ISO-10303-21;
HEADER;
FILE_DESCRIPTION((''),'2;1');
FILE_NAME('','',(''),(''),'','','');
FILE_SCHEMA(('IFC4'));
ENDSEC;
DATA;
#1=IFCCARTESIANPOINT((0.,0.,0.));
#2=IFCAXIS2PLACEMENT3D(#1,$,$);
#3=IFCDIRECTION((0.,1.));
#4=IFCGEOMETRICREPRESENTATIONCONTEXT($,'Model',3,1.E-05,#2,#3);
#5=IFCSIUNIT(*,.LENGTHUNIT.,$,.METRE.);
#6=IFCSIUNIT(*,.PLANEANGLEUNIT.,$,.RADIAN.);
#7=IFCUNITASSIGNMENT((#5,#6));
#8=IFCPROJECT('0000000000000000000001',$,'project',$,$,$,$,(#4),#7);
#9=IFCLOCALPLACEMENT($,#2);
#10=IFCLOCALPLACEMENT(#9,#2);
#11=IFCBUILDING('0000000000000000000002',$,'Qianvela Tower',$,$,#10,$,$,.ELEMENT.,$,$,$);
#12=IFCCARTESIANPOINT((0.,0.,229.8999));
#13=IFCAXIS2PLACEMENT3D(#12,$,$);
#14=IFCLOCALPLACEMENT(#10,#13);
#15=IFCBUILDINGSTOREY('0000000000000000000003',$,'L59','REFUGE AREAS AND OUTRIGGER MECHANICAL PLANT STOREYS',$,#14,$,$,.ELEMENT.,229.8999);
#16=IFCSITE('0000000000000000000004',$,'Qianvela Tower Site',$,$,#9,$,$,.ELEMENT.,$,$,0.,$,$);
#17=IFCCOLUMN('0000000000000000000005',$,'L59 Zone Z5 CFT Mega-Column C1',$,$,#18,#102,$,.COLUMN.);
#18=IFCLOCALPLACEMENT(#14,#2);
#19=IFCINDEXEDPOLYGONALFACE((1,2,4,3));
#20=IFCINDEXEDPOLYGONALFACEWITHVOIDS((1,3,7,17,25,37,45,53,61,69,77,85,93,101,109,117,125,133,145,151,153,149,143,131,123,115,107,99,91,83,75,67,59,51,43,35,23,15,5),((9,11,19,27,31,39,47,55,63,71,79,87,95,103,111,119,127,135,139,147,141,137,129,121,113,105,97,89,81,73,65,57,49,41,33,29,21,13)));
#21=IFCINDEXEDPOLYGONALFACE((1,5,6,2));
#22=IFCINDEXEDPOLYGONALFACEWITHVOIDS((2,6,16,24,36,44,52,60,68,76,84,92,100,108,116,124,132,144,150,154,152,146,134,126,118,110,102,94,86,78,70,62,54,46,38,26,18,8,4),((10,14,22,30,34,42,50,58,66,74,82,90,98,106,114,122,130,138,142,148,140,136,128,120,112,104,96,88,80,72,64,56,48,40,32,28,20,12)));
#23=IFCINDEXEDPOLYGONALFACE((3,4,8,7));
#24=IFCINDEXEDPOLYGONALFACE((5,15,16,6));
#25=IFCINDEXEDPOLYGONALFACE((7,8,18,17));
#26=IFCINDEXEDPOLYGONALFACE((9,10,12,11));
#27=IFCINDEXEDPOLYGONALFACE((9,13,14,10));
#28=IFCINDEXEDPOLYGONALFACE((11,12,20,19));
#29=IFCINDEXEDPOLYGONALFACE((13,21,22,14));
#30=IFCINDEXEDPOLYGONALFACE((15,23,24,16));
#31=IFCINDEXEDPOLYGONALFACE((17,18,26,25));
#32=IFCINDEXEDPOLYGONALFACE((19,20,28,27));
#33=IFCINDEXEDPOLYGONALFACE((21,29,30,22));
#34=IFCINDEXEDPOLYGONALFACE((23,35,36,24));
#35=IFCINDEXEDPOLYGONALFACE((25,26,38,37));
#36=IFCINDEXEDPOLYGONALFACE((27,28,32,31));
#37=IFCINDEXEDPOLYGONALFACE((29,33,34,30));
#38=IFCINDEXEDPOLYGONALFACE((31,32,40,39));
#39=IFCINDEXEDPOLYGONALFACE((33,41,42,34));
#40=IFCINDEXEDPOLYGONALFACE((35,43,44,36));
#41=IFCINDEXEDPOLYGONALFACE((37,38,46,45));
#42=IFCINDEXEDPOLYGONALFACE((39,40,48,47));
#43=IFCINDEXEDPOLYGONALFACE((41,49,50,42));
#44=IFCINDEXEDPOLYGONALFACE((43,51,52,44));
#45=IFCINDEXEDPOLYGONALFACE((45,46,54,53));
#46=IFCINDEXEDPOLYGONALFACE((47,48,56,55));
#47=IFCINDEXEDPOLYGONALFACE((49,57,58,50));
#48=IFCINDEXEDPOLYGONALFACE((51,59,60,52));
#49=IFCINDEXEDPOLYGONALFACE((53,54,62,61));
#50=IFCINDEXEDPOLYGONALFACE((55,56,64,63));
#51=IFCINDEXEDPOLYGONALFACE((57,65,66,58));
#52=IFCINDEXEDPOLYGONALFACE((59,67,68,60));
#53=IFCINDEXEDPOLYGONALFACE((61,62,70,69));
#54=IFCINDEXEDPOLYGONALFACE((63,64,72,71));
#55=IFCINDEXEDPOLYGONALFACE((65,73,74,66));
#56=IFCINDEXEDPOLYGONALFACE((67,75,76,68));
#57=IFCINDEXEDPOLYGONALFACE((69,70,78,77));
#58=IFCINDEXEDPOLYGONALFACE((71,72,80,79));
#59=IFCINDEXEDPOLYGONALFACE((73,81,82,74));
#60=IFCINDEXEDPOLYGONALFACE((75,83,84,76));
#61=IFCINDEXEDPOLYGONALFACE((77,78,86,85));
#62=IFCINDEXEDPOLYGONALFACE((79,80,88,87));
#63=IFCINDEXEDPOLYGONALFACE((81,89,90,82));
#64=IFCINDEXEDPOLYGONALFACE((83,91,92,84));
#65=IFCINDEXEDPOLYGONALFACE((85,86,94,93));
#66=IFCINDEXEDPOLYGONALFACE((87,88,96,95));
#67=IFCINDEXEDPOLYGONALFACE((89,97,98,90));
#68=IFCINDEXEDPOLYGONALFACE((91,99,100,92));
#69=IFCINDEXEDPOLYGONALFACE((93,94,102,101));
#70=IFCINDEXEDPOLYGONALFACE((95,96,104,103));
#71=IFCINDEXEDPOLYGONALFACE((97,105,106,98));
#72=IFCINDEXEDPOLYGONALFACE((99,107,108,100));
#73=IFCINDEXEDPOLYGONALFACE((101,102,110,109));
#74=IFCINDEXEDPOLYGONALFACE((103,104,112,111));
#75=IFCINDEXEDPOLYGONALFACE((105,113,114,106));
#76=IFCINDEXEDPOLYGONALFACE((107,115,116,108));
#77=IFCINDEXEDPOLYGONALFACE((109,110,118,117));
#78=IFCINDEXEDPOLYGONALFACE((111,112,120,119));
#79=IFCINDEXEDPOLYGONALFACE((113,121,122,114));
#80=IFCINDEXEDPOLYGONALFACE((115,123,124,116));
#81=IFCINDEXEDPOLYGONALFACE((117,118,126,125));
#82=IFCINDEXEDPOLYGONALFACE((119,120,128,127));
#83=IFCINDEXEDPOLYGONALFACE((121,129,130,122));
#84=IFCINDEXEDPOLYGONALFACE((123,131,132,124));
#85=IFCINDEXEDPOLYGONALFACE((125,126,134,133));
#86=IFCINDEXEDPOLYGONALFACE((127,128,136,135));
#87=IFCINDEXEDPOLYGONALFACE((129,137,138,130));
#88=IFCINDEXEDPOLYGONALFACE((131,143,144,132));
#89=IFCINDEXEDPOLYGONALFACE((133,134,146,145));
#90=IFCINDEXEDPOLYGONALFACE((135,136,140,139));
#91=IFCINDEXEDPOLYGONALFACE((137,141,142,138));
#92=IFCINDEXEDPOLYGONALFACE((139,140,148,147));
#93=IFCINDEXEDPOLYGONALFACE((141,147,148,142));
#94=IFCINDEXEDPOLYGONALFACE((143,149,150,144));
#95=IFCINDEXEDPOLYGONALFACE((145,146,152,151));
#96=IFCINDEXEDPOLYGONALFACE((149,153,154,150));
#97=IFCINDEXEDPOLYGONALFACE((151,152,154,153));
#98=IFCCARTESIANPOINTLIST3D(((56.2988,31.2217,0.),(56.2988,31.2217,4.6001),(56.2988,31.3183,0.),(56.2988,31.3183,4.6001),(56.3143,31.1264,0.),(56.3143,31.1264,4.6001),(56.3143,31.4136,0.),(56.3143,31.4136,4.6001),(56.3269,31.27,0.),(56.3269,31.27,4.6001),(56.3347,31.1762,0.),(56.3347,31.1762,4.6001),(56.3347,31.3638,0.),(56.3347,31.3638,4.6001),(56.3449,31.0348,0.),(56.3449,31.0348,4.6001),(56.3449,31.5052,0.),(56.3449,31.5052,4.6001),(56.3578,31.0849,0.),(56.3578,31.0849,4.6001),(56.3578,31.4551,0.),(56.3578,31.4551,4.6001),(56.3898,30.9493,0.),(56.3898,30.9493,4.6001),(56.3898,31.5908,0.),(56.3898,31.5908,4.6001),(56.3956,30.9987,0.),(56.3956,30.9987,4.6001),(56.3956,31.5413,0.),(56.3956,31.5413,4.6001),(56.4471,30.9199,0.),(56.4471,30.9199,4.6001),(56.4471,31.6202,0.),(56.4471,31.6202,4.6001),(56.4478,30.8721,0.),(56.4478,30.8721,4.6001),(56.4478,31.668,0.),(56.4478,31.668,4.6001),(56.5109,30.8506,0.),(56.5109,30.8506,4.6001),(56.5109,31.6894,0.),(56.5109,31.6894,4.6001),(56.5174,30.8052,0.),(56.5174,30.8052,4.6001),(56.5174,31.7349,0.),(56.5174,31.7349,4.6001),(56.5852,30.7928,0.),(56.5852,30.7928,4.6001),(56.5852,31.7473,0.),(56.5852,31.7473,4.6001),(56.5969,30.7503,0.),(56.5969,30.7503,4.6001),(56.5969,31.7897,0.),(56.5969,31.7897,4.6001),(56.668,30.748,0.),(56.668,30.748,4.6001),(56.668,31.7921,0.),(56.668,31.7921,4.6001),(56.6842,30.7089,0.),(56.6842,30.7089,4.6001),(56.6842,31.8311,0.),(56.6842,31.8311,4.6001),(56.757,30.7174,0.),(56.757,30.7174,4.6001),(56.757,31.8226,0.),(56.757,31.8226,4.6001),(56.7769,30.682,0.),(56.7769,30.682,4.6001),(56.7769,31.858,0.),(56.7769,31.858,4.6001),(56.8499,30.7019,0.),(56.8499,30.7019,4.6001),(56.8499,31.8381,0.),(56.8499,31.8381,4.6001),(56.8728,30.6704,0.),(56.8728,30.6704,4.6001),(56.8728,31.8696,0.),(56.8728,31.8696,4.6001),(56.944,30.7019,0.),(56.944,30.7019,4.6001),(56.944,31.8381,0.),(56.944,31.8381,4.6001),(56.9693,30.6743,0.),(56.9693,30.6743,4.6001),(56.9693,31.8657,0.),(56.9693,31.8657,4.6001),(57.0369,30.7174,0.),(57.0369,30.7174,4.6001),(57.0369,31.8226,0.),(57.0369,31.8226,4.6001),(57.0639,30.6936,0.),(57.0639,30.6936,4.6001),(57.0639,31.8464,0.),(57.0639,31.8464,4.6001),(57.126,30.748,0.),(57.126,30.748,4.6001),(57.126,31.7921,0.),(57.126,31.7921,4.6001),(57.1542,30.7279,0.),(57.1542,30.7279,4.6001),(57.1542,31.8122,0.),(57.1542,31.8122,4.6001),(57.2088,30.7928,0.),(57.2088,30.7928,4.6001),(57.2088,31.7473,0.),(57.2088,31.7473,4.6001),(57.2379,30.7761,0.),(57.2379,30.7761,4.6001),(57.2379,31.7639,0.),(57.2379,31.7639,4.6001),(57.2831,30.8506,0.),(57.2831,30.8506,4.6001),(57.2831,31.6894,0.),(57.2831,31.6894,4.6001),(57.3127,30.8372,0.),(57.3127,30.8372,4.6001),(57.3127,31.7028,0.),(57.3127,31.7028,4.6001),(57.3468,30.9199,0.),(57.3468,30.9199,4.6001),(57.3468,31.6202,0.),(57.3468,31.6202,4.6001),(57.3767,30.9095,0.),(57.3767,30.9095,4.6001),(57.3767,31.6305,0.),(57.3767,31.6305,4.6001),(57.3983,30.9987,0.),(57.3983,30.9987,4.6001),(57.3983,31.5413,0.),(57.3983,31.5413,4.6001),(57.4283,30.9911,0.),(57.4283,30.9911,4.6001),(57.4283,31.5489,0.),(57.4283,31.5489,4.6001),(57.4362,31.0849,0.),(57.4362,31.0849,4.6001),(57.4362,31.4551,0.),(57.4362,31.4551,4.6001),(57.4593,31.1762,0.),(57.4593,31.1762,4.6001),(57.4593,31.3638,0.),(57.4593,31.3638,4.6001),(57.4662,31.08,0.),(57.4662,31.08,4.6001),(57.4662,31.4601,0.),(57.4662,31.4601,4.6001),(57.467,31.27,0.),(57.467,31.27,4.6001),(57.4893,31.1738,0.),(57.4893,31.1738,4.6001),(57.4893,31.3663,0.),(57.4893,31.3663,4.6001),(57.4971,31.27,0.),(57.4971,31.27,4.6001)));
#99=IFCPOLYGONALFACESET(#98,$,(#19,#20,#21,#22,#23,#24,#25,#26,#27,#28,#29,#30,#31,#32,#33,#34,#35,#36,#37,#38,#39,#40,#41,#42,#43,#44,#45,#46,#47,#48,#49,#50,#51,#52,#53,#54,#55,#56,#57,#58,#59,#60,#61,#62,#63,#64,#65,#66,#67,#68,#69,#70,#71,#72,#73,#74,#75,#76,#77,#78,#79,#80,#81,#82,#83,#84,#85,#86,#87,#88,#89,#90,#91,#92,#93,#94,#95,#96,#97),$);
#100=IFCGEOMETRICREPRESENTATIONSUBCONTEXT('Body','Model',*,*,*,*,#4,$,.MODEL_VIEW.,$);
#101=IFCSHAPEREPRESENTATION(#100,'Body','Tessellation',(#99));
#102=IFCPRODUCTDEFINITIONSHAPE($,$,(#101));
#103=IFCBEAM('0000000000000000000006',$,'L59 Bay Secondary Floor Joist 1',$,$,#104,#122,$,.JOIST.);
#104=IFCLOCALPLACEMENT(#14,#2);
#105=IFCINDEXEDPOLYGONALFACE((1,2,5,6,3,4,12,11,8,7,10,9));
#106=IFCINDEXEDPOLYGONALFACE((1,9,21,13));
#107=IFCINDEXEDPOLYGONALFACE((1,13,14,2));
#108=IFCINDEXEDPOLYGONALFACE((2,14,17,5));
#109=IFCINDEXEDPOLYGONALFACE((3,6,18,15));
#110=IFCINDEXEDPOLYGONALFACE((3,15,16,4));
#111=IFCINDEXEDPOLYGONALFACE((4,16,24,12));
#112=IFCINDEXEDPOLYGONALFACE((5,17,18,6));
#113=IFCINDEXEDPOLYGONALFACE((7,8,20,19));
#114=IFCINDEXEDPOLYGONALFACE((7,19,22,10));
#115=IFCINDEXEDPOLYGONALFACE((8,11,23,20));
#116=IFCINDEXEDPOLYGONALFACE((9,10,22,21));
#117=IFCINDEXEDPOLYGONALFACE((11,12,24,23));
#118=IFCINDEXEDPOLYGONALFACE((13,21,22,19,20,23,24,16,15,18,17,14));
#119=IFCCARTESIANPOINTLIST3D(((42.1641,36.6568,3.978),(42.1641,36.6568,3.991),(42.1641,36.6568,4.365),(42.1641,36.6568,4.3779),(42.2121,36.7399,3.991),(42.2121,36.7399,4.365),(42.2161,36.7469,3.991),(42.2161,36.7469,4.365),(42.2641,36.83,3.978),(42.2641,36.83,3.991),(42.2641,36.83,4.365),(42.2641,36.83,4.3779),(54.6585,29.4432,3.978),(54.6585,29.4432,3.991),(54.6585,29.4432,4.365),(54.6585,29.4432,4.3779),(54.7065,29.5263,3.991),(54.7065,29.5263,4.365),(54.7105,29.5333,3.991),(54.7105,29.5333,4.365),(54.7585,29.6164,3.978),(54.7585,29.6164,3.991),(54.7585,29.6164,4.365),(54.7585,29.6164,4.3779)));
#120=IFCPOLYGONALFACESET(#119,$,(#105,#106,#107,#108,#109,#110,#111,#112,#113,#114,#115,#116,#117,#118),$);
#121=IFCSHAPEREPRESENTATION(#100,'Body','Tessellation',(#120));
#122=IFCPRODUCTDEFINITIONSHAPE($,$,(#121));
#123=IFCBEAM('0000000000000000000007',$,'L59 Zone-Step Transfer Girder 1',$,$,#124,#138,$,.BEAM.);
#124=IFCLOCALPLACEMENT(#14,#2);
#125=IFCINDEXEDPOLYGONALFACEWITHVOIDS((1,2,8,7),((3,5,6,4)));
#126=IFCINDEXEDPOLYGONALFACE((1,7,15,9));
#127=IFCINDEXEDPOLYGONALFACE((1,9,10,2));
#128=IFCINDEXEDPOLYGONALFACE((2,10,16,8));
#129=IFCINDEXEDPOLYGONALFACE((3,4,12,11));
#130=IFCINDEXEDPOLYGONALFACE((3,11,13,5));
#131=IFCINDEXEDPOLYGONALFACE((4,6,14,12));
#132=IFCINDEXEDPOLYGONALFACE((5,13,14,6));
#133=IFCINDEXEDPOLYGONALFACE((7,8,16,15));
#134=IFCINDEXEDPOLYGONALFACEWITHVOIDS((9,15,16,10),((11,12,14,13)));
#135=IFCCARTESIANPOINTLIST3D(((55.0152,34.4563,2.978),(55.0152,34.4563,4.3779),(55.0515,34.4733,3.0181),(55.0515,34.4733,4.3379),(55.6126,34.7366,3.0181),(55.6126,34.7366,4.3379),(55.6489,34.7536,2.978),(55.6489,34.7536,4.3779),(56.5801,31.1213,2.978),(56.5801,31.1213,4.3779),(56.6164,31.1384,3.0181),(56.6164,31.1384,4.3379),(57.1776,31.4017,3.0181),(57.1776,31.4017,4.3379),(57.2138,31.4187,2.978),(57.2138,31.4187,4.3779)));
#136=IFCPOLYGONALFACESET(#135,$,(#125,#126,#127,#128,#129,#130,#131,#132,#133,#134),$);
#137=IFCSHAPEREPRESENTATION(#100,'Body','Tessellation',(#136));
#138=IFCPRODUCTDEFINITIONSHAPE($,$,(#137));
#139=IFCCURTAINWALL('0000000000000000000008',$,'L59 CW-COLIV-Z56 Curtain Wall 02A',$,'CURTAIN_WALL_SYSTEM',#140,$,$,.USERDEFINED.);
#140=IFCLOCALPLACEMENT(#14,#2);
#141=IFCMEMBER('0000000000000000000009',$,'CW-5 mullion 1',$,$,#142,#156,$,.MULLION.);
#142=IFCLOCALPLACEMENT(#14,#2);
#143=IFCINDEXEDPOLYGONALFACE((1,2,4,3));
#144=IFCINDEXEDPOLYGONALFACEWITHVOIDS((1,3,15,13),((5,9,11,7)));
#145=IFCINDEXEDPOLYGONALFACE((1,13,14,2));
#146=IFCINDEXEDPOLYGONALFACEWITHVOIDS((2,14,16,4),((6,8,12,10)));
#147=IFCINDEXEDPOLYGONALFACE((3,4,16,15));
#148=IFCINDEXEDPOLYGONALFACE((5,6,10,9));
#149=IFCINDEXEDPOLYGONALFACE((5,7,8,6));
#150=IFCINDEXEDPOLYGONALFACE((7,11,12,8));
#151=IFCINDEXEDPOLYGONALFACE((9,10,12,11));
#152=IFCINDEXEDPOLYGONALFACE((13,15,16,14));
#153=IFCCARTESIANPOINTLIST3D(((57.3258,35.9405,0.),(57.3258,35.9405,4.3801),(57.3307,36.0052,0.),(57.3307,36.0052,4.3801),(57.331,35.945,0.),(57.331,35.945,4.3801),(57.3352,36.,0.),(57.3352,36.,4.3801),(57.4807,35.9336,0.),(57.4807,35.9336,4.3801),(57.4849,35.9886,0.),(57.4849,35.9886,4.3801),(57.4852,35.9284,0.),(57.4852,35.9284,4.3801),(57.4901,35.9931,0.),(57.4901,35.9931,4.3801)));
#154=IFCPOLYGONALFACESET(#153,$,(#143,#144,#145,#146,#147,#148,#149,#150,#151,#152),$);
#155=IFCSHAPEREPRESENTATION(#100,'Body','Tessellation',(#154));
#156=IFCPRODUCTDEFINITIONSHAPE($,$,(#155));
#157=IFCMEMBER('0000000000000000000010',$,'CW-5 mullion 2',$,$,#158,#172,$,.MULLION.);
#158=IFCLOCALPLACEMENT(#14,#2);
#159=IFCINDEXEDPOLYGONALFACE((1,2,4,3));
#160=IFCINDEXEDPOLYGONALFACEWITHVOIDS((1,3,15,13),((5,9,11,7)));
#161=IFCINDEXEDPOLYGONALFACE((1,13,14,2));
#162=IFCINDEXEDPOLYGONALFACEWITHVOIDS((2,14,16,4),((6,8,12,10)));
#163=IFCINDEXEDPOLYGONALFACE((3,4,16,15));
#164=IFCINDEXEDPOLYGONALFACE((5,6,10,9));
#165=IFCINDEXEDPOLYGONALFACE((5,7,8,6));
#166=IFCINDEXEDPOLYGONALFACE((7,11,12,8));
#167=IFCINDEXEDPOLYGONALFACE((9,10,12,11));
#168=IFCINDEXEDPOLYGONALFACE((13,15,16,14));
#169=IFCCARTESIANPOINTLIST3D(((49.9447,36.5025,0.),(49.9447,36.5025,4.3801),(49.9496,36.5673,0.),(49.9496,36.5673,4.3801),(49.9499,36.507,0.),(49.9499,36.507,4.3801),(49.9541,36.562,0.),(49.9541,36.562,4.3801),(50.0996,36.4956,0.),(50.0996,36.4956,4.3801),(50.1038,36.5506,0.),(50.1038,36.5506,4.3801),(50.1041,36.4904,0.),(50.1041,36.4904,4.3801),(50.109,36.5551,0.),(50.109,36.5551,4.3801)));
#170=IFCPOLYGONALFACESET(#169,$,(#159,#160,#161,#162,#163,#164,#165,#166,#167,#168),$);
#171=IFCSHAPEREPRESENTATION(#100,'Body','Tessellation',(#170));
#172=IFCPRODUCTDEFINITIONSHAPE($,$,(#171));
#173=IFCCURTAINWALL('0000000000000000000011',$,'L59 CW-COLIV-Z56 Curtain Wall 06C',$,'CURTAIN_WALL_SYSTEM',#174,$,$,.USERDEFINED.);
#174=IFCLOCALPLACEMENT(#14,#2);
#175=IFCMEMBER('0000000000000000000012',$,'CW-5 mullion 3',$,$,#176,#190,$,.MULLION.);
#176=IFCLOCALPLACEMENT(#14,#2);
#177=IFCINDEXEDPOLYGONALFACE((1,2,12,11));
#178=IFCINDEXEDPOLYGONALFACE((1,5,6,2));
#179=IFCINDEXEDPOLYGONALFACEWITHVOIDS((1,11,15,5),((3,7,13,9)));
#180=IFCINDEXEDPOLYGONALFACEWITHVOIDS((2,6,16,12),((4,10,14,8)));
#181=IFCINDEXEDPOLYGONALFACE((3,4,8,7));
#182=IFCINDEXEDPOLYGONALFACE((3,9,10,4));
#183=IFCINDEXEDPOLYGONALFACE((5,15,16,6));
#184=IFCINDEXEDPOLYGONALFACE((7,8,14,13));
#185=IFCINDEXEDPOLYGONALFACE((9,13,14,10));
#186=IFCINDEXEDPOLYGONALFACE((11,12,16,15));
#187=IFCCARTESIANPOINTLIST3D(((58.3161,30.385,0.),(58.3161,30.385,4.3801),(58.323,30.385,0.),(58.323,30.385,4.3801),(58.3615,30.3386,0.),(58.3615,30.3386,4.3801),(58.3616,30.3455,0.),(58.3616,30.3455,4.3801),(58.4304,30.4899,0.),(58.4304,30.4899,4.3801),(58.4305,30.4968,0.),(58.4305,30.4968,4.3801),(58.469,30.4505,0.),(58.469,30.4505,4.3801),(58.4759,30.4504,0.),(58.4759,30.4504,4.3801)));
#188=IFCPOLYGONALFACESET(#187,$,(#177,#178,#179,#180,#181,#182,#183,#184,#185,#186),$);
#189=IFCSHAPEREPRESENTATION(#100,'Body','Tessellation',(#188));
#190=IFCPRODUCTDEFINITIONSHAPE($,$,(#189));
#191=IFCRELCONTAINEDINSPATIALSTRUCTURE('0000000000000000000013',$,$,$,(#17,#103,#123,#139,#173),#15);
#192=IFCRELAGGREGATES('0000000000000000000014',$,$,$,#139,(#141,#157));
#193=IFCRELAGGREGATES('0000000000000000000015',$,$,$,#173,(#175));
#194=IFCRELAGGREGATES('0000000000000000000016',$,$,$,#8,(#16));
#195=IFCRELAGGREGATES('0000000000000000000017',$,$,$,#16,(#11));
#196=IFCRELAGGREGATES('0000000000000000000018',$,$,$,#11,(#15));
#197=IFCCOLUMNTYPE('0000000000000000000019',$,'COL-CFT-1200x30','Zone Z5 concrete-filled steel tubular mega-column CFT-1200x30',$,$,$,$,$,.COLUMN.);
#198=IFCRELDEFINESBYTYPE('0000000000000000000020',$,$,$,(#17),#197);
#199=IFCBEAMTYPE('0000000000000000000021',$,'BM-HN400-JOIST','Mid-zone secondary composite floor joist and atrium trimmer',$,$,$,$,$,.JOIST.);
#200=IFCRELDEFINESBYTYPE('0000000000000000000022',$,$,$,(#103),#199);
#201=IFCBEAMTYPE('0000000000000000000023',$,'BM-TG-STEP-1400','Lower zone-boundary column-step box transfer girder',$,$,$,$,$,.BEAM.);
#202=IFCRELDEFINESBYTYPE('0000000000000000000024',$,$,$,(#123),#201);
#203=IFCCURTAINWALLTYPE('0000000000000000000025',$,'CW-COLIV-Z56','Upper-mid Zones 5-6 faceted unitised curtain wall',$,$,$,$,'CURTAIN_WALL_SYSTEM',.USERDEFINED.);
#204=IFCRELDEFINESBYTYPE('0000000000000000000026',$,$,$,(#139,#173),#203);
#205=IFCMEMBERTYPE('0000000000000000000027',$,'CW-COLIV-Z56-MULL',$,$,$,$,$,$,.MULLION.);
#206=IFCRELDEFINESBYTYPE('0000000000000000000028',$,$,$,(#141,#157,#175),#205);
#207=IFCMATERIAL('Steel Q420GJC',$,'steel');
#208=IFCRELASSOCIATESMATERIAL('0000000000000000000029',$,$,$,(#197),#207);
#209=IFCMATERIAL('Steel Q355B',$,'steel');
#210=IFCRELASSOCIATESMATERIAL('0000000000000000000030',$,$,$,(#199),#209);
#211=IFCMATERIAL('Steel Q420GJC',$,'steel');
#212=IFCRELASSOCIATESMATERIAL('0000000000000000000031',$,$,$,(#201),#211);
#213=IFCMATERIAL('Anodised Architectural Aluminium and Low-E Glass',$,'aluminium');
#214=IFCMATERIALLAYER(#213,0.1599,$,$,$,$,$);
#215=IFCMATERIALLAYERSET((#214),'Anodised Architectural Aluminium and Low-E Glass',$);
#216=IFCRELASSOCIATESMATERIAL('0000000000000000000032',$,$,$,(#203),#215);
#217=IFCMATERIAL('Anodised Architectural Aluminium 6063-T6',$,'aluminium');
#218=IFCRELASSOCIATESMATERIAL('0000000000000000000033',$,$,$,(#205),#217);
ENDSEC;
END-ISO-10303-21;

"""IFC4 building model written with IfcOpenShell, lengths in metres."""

from ifc_helpers import new_model, si_unit, direction, frame, origin, origin_2d, place, context, subcontext, project, spatial, hollow_rectangle, hollow_circle, i_section, extrude, material, layer, layer_set, material_profile, profile_set, type_object, element, aggregate, save


model = new_model("IFC4")

# Units and contexts
model_context = context("Model", 3, precision=1e-05, world=origin(), true_north=direction((0.0, 1.0)))
body_context = subcontext(model_context, "Body", "Model", "MODEL_VIEW")
ifc_project = project(units=[si_unit("LENGTHUNIT", "METRE"), si_unit("PLANEANGLEUNIT", "RADIAN")], contexts=[model_context])

# Site, building, storey
site_placement = place(None, origin())
site = spatial("IfcSite", under=ifc_project, at=site_placement, Name="Qianvela Tower Site", CompositionType="ELEMENT", RefElevation=0.0)
building_placement = place(site_placement, origin())
building = spatial("IfcBuilding", under=site, at=building_placement, Name="Qianvela Tower", CompositionType="ELEMENT")
storey_placement = place(building_placement, frame((0.0, 0.0, 229.8999)))
storey = spatial("IfcBuildingStorey", under=building, at=storey_placement, Name="L59", Description="REFUGE AREAS AND OUTRIGGER MECHANICAL PLANT STOREYS", CompositionType="ELEMENT", Elevation=229.8999)

# Column
ifc_material_1 = material(Name="Steel Q420GJC", Category="steel")
ifc_material_profile_1 = material_profile(ifc_material_1, hollow_circle(Radius=0.6001, WallThickness=0.03, at=origin_2d()), Name="CFT-1200x30")
ifc_profile_set_1 = profile_set([ifc_material_profile_1], Name="Steel Q420GJC")
column_type = type_object("IfcColumnType", Name="COL-CFT-1200x30", Description="Zone Z5 concrete-filled steel tubular mega-column CFT-1200x30", PredefinedType="COLUMN", material=ifc_profile_set_1)
column_placement = place(storey_placement, frame((56.897, 31.27, 0.0), z_axis=(0.0, 0.0, 1.0), x_axis=(1.0, 0.0, 0.0)))
element("IfcColumn", 1, at=column_placement, inside=storey, type_object=column_type, Name="L59 Zone Z5 CFT Mega-Column C1", PredefinedType="COLUMN", context=body_context, shape_type="SweptSolid", body=[
    extrude(hollow_circle(Radius=0.6001, WallThickness=0.03, at=origin_2d()), origin(), (0.0, 0.0, 1.0), 4.6001),
])

# Beams
ifc_material_2 = material(Name="Steel Q355B", Category="steel")
ifc_material_profile_2 = material_profile(ifc_material_2, i_section(OverallWidth=0.2, OverallDepth=0.3999, WebThickness=0.0081, FlangeThickness=0.0129, at=origin_2d()), Name="HN400x200x8x13")
ifc_profile_set_2 = profile_set([ifc_material_profile_2], Name="Steel Q355B")
beam_type_1 = type_object("IfcBeamType", Name="BM-HN400-JOIST", Description="Mid-zone secondary composite floor joist and atrium trimmer", PredefinedType="JOIST", material=ifc_profile_set_2)
beam_1_placement = place(storey_placement, frame((54.7085, 29.5298, 4.178), z_axis=(-0.866026, 0.499999, 0.0), x_axis=(-0.499999, -0.866026, 0.0)))
element("IfcBeam", 2, at=beam_1_placement, inside=storey, type_object=beam_type_1, Name="L59 Bay Secondary Floor Joist 1", PredefinedType="JOIST", context=body_context, shape_type="SweptSolid", body=[
    extrude(i_section(OverallWidth=0.2, OverallDepth=0.3999, WebThickness=0.0081, FlangeThickness=0.0129, at=origin_2d()), origin(), (0.0, 0.0, 1.0), 14.4272),
])
ifc_material_3 = material(Name="Steel Q420GJC", Category="steel")
ifc_material_profile_3 = material_profile(ifc_material_3, hollow_rectangle(XDim=0.7, YDim=1.3999, WallThickness=0.04, at=origin_2d()), Name="TG-BOX-1400x700x40")
ifc_profile_set_3 = profile_set([ifc_material_profile_3], Name="Steel Q420GJC")
beam_type_2 = type_object("IfcBeamType", Name="BM-TG-STEP-1400", Description="Lower zone-boundary column-step box transfer girder", PredefinedType="BEAM", material=ifc_profile_set_3)
beam_2_placement = place(storey_placement, frame((56.897, 31.27, 3.678), z_axis=(-0.424807, 0.905284, 0.0), x_axis=(-0.905284, -0.424807, 0.0)))
element("IfcBeam", 3, at=beam_2_placement, inside=storey, type_object=beam_type_2, Name="L59 Zone-Step Transfer Girder 1", PredefinedType="BEAM", context=body_context, shape_type="SweptSolid", body=[
    extrude(hollow_rectangle(XDim=0.7, YDim=1.3999, WallThickness=0.04, at=origin_2d()), origin(), (0.0, 0.0, 1.0), 3.6838),
])

# Curtain wall, members
ifc_material_4 = material(Name="Anodised Architectural Aluminium and Low-E Glass", Category="aluminium")
ifc_layer_1 = layer(ifc_material_4, 0.1599)
ifc_layer_set_1 = layer_set([ifc_layer_1], Name="Anodised Architectural Aluminium and Low-E Glass")
curtain_wall_type = type_object("IfcCurtainWallType", Name="CW-COLIV-Z56", Description="Upper-mid Zones 5-6 faceted unitised curtain wall", ElementType="CURTAIN_WALL_SYSTEM", PredefinedType="USERDEFINED", material=ifc_layer_set_1)
curtain_wall_1_placement = place(storey_placement, origin())
curtain_wall_1 = element("IfcCurtainWall", 4, at=curtain_wall_1_placement, inside=storey, type_object=curtain_wall_type, Name="L59 CW-COLIV-Z56 Curtain Wall 02A", ObjectType="CURTAIN_WALL_SYSTEM", PredefinedType="USERDEFINED")
ifc_material_5 = material(Name="Anodised Architectural Aluminium 6063-T6", Category="aluminium")
ifc_material_profile_4 = material_profile(ifc_material_5, hollow_rectangle(XDim=0.0649, YDim=0.1599, WallThickness=0.0049, at=origin_2d()), Name="ALU-MULL-65x160")
ifc_profile_set_4 = profile_set([ifc_material_profile_4], Name="Anodised Architectural Aluminium 6063-T6")
member_type_1 = type_object("IfcMemberType", Name="CW-COLIV-Z56-MULL", PredefinedType="MULLION", material=ifc_profile_set_4)
member_1_placement = place(storey_placement, frame((57.408, 35.9668, 0.0), z_axis=(0.0, 0.0, 1.0), x_axis=(-0.075898, -0.997116, 0.0)))
member_1 = element("IfcMember", 5, at=member_1_placement, type_object=member_type_1, Name="CW-5 mullion 1", PredefinedType="MULLION", context=body_context, shape_type="SweptSolid", body=[
    extrude(hollow_rectangle(XDim=0.0649, YDim=0.1599, WallThickness=0.0049, at=origin_2d()), origin(), (0.0, 0.0, 1.0), 4.3801),
])
member_2_placement = place(storey_placement, frame((50.0269, 36.5288, 0.0), z_axis=(0.0, 0.0, 1.0), x_axis=(-0.075898, -0.997116, 0.0)))
member_2 = element("IfcMember", 6, at=member_2_placement, type_object=member_type_1, Name="CW-5 mullion 2", PredefinedType="MULLION", context=body_context, shape_type="SweptSolid", body=[
    extrude(hollow_rectangle(XDim=0.0649, YDim=0.1599, WallThickness=0.0049, at=origin_2d()), origin(), (0.0, 0.0, 1.0), 4.3801),
])

# Curtain wall, member
curtain_wall_2_placement = place(storey_placement, origin())
curtain_wall_2 = element("IfcCurtainWall", 7, at=curtain_wall_2_placement, inside=storey, type_object=curtain_wall_type, Name="L59 CW-COLIV-Z56 Curtain Wall 06C", ObjectType="CURTAIN_WALL_SYSTEM", PredefinedType="USERDEFINED")
member_3_placement = place(storey_placement, frame((58.396, 30.4177, 0.0), z_axis=(0.0, 0.0, 1.0), x_axis=(-0.699078, 0.715046, 0.0)))
member_3 = element("IfcMember", 8, at=member_3_placement, type_object=member_type_1, Name="CW-5 mullion 3", PredefinedType="MULLION", context=body_context, shape_type="SweptSolid", body=[
    extrude(hollow_rectangle(XDim=0.0649, YDim=0.1599, WallThickness=0.0049, at=origin_2d()), origin(), (0.0, 0.0, 1.0), 4.3801),
])

aggregate(curtain_wall_1, [member_1, member_2])
aggregate(curtain_wall_2, [member_3])

save(model, "model.ifc")
